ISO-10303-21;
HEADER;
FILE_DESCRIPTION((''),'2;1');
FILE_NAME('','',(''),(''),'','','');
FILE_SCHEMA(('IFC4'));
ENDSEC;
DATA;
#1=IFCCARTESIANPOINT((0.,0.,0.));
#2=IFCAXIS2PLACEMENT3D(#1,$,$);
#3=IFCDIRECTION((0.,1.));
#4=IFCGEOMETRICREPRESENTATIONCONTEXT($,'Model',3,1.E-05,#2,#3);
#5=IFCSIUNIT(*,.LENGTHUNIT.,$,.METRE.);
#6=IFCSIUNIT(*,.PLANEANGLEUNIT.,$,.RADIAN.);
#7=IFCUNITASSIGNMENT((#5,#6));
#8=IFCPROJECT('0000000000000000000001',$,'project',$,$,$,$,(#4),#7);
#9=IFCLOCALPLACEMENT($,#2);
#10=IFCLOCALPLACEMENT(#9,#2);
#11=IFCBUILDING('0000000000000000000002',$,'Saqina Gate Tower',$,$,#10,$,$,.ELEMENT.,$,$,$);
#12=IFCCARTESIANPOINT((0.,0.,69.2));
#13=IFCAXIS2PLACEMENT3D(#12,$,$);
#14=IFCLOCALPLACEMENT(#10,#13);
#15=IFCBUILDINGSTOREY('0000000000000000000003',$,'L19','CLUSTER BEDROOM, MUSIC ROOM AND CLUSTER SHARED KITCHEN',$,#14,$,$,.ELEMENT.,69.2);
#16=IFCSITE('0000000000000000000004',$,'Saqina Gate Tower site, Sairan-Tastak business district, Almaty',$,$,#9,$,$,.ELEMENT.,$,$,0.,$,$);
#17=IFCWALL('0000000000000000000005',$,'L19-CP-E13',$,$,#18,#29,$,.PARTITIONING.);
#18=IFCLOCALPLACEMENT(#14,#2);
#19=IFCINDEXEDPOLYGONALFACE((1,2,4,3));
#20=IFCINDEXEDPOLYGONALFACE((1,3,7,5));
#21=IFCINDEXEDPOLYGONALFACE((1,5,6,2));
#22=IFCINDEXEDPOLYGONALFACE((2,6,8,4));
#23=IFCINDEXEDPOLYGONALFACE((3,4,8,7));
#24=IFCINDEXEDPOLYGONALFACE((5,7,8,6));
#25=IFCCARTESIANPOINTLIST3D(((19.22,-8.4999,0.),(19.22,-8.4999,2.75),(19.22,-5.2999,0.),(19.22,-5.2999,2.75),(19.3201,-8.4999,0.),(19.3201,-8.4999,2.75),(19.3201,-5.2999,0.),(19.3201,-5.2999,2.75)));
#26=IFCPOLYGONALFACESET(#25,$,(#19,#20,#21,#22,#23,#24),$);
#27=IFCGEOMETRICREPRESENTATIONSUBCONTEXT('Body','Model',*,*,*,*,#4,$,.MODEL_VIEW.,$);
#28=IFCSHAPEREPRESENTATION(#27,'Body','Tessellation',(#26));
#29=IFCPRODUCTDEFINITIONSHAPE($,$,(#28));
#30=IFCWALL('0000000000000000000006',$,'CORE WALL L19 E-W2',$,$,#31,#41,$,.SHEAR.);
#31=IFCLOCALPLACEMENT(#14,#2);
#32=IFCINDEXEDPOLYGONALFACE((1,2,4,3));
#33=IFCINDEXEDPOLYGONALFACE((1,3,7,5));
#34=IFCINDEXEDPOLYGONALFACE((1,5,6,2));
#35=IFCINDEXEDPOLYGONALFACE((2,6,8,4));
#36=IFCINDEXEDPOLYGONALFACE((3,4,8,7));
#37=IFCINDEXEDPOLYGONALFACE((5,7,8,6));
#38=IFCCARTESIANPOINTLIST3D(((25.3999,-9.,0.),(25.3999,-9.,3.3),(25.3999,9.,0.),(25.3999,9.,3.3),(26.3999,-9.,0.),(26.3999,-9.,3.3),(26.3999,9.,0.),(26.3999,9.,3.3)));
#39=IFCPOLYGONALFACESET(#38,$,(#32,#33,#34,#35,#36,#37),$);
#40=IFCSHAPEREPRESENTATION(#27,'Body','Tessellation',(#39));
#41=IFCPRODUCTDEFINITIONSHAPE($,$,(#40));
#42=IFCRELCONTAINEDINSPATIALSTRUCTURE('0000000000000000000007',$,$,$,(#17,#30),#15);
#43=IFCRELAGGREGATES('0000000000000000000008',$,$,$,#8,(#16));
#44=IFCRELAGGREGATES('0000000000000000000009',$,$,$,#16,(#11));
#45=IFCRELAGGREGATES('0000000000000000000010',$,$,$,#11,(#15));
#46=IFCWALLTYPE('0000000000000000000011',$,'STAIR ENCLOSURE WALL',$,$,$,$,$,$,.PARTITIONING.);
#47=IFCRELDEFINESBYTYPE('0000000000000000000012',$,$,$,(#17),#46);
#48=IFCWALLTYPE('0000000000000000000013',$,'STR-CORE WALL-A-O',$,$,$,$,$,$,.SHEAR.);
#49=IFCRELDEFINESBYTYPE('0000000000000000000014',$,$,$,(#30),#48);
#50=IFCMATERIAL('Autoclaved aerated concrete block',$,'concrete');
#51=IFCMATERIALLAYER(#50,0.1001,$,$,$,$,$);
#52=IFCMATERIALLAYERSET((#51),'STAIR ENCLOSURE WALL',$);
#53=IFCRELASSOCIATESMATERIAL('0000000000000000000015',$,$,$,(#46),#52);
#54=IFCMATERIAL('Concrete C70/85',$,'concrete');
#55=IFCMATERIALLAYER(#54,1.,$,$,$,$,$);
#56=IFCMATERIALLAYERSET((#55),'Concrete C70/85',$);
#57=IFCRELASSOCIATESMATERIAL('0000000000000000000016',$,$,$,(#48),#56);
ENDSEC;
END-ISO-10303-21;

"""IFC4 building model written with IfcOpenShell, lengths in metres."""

from ifc_helpers import new_model, si_unit, direction, frame, frame_2d, origin, place, context, subcontext, project, spatial, rectangle, extrude, material, layer, layer_set, type_object, element, save


model = new_model("IFC4")

# Units and contexts
model_context = context("Model", 3, precision=1e-05, world=origin(), true_north=direction((0.0, 1.0)))
body_context = subcontext(model_context, "Body", "Model", "MODEL_VIEW")
ifc_project = project(units=[si_unit("LENGTHUNIT", "METRE"), si_unit("PLANEANGLEUNIT", "RADIAN")], contexts=[model_context])

# Site, building, storey
site_placement = place(None, origin())
site = spatial("IfcSite", under=ifc_project, at=site_placement, Name="Saqina Gate Tower site, Sairan-Tastak business district, Almaty", CompositionType="ELEMENT", RefElevation=0.0)
building_placement = place(site_placement, origin())
building = spatial("IfcBuilding", under=site, at=building_placement, Name="Saqina Gate Tower", CompositionType="ELEMENT")
storey_placement = place(building_placement, frame((0.0, 0.0, 69.2)))
storey = spatial("IfcBuildingStorey", under=building, at=storey_placement, Name="L19", Description="CLUSTER BEDROOM, MUSIC ROOM AND CLUSTER SHARED KITCHEN", CompositionType="ELEMENT", Elevation=69.2)

# Walls
ifc_material_1 = material(Name="Autoclaved aerated concrete block", Category="concrete")
ifc_layer_1 = layer(ifc_material_1, 0.1001)
ifc_layer_set_1 = layer_set([ifc_layer_1], Name="STAIR ENCLOSURE WALL")
wall_type_1 = type_object("IfcWallType", Name="STAIR ENCLOSURE WALL", PredefinedType="PARTITIONING", material=ifc_layer_set_1)
wall_1_placement = place(storey_placement, frame((19.27, -8.5, 0.0), z_axis=(0.0, 0.0, 1.0), x_axis=(0.0, 1.0, 0.0)))
element("IfcWall", 1, at=wall_1_placement, inside=storey, type_object=wall_type_1, Name="L19-CP-E13", PredefinedType="PARTITIONING", context=body_context, shape_type="SweptSolid", body=[
    extrude(rectangle(XDim=3.2, YDim=0.1001, at=frame_2d((1.6001, 0.0))), origin(), (0.0, 0.0, 1.0), 2.75),
])
ifc_material_2 = material(Name="Concrete C70/85", Category="concrete")
ifc_layer_2 = layer(ifc_material_2, 1.0)
ifc_layer_set_2 = layer_set([ifc_layer_2], Name="Concrete C70/85")
wall_type_2 = type_object("IfcWallType", Name="STR-CORE WALL-A-O", PredefinedType="SHEAR", material=ifc_layer_set_2)
wall_2_placement = place(storey_placement, frame((25.8999, -9.0, 0.0), z_axis=(0.0, 0.0, 1.0), x_axis=(0.0, 1.0, 0.0)))
element("IfcWall", 2, at=wall_2_placement, inside=storey, type_object=wall_type_2, Name="CORE WALL L19 E-W2", PredefinedType="SHEAR", context=body_context, shape_type="SweptSolid", body=[
    extrude(rectangle(XDim=18.0, YDim=1.0, at=frame_2d((9.0, 0.0))), origin(), (0.0, 0.0, 1.0), 3.3),
])

save(model, "model.ifc")
